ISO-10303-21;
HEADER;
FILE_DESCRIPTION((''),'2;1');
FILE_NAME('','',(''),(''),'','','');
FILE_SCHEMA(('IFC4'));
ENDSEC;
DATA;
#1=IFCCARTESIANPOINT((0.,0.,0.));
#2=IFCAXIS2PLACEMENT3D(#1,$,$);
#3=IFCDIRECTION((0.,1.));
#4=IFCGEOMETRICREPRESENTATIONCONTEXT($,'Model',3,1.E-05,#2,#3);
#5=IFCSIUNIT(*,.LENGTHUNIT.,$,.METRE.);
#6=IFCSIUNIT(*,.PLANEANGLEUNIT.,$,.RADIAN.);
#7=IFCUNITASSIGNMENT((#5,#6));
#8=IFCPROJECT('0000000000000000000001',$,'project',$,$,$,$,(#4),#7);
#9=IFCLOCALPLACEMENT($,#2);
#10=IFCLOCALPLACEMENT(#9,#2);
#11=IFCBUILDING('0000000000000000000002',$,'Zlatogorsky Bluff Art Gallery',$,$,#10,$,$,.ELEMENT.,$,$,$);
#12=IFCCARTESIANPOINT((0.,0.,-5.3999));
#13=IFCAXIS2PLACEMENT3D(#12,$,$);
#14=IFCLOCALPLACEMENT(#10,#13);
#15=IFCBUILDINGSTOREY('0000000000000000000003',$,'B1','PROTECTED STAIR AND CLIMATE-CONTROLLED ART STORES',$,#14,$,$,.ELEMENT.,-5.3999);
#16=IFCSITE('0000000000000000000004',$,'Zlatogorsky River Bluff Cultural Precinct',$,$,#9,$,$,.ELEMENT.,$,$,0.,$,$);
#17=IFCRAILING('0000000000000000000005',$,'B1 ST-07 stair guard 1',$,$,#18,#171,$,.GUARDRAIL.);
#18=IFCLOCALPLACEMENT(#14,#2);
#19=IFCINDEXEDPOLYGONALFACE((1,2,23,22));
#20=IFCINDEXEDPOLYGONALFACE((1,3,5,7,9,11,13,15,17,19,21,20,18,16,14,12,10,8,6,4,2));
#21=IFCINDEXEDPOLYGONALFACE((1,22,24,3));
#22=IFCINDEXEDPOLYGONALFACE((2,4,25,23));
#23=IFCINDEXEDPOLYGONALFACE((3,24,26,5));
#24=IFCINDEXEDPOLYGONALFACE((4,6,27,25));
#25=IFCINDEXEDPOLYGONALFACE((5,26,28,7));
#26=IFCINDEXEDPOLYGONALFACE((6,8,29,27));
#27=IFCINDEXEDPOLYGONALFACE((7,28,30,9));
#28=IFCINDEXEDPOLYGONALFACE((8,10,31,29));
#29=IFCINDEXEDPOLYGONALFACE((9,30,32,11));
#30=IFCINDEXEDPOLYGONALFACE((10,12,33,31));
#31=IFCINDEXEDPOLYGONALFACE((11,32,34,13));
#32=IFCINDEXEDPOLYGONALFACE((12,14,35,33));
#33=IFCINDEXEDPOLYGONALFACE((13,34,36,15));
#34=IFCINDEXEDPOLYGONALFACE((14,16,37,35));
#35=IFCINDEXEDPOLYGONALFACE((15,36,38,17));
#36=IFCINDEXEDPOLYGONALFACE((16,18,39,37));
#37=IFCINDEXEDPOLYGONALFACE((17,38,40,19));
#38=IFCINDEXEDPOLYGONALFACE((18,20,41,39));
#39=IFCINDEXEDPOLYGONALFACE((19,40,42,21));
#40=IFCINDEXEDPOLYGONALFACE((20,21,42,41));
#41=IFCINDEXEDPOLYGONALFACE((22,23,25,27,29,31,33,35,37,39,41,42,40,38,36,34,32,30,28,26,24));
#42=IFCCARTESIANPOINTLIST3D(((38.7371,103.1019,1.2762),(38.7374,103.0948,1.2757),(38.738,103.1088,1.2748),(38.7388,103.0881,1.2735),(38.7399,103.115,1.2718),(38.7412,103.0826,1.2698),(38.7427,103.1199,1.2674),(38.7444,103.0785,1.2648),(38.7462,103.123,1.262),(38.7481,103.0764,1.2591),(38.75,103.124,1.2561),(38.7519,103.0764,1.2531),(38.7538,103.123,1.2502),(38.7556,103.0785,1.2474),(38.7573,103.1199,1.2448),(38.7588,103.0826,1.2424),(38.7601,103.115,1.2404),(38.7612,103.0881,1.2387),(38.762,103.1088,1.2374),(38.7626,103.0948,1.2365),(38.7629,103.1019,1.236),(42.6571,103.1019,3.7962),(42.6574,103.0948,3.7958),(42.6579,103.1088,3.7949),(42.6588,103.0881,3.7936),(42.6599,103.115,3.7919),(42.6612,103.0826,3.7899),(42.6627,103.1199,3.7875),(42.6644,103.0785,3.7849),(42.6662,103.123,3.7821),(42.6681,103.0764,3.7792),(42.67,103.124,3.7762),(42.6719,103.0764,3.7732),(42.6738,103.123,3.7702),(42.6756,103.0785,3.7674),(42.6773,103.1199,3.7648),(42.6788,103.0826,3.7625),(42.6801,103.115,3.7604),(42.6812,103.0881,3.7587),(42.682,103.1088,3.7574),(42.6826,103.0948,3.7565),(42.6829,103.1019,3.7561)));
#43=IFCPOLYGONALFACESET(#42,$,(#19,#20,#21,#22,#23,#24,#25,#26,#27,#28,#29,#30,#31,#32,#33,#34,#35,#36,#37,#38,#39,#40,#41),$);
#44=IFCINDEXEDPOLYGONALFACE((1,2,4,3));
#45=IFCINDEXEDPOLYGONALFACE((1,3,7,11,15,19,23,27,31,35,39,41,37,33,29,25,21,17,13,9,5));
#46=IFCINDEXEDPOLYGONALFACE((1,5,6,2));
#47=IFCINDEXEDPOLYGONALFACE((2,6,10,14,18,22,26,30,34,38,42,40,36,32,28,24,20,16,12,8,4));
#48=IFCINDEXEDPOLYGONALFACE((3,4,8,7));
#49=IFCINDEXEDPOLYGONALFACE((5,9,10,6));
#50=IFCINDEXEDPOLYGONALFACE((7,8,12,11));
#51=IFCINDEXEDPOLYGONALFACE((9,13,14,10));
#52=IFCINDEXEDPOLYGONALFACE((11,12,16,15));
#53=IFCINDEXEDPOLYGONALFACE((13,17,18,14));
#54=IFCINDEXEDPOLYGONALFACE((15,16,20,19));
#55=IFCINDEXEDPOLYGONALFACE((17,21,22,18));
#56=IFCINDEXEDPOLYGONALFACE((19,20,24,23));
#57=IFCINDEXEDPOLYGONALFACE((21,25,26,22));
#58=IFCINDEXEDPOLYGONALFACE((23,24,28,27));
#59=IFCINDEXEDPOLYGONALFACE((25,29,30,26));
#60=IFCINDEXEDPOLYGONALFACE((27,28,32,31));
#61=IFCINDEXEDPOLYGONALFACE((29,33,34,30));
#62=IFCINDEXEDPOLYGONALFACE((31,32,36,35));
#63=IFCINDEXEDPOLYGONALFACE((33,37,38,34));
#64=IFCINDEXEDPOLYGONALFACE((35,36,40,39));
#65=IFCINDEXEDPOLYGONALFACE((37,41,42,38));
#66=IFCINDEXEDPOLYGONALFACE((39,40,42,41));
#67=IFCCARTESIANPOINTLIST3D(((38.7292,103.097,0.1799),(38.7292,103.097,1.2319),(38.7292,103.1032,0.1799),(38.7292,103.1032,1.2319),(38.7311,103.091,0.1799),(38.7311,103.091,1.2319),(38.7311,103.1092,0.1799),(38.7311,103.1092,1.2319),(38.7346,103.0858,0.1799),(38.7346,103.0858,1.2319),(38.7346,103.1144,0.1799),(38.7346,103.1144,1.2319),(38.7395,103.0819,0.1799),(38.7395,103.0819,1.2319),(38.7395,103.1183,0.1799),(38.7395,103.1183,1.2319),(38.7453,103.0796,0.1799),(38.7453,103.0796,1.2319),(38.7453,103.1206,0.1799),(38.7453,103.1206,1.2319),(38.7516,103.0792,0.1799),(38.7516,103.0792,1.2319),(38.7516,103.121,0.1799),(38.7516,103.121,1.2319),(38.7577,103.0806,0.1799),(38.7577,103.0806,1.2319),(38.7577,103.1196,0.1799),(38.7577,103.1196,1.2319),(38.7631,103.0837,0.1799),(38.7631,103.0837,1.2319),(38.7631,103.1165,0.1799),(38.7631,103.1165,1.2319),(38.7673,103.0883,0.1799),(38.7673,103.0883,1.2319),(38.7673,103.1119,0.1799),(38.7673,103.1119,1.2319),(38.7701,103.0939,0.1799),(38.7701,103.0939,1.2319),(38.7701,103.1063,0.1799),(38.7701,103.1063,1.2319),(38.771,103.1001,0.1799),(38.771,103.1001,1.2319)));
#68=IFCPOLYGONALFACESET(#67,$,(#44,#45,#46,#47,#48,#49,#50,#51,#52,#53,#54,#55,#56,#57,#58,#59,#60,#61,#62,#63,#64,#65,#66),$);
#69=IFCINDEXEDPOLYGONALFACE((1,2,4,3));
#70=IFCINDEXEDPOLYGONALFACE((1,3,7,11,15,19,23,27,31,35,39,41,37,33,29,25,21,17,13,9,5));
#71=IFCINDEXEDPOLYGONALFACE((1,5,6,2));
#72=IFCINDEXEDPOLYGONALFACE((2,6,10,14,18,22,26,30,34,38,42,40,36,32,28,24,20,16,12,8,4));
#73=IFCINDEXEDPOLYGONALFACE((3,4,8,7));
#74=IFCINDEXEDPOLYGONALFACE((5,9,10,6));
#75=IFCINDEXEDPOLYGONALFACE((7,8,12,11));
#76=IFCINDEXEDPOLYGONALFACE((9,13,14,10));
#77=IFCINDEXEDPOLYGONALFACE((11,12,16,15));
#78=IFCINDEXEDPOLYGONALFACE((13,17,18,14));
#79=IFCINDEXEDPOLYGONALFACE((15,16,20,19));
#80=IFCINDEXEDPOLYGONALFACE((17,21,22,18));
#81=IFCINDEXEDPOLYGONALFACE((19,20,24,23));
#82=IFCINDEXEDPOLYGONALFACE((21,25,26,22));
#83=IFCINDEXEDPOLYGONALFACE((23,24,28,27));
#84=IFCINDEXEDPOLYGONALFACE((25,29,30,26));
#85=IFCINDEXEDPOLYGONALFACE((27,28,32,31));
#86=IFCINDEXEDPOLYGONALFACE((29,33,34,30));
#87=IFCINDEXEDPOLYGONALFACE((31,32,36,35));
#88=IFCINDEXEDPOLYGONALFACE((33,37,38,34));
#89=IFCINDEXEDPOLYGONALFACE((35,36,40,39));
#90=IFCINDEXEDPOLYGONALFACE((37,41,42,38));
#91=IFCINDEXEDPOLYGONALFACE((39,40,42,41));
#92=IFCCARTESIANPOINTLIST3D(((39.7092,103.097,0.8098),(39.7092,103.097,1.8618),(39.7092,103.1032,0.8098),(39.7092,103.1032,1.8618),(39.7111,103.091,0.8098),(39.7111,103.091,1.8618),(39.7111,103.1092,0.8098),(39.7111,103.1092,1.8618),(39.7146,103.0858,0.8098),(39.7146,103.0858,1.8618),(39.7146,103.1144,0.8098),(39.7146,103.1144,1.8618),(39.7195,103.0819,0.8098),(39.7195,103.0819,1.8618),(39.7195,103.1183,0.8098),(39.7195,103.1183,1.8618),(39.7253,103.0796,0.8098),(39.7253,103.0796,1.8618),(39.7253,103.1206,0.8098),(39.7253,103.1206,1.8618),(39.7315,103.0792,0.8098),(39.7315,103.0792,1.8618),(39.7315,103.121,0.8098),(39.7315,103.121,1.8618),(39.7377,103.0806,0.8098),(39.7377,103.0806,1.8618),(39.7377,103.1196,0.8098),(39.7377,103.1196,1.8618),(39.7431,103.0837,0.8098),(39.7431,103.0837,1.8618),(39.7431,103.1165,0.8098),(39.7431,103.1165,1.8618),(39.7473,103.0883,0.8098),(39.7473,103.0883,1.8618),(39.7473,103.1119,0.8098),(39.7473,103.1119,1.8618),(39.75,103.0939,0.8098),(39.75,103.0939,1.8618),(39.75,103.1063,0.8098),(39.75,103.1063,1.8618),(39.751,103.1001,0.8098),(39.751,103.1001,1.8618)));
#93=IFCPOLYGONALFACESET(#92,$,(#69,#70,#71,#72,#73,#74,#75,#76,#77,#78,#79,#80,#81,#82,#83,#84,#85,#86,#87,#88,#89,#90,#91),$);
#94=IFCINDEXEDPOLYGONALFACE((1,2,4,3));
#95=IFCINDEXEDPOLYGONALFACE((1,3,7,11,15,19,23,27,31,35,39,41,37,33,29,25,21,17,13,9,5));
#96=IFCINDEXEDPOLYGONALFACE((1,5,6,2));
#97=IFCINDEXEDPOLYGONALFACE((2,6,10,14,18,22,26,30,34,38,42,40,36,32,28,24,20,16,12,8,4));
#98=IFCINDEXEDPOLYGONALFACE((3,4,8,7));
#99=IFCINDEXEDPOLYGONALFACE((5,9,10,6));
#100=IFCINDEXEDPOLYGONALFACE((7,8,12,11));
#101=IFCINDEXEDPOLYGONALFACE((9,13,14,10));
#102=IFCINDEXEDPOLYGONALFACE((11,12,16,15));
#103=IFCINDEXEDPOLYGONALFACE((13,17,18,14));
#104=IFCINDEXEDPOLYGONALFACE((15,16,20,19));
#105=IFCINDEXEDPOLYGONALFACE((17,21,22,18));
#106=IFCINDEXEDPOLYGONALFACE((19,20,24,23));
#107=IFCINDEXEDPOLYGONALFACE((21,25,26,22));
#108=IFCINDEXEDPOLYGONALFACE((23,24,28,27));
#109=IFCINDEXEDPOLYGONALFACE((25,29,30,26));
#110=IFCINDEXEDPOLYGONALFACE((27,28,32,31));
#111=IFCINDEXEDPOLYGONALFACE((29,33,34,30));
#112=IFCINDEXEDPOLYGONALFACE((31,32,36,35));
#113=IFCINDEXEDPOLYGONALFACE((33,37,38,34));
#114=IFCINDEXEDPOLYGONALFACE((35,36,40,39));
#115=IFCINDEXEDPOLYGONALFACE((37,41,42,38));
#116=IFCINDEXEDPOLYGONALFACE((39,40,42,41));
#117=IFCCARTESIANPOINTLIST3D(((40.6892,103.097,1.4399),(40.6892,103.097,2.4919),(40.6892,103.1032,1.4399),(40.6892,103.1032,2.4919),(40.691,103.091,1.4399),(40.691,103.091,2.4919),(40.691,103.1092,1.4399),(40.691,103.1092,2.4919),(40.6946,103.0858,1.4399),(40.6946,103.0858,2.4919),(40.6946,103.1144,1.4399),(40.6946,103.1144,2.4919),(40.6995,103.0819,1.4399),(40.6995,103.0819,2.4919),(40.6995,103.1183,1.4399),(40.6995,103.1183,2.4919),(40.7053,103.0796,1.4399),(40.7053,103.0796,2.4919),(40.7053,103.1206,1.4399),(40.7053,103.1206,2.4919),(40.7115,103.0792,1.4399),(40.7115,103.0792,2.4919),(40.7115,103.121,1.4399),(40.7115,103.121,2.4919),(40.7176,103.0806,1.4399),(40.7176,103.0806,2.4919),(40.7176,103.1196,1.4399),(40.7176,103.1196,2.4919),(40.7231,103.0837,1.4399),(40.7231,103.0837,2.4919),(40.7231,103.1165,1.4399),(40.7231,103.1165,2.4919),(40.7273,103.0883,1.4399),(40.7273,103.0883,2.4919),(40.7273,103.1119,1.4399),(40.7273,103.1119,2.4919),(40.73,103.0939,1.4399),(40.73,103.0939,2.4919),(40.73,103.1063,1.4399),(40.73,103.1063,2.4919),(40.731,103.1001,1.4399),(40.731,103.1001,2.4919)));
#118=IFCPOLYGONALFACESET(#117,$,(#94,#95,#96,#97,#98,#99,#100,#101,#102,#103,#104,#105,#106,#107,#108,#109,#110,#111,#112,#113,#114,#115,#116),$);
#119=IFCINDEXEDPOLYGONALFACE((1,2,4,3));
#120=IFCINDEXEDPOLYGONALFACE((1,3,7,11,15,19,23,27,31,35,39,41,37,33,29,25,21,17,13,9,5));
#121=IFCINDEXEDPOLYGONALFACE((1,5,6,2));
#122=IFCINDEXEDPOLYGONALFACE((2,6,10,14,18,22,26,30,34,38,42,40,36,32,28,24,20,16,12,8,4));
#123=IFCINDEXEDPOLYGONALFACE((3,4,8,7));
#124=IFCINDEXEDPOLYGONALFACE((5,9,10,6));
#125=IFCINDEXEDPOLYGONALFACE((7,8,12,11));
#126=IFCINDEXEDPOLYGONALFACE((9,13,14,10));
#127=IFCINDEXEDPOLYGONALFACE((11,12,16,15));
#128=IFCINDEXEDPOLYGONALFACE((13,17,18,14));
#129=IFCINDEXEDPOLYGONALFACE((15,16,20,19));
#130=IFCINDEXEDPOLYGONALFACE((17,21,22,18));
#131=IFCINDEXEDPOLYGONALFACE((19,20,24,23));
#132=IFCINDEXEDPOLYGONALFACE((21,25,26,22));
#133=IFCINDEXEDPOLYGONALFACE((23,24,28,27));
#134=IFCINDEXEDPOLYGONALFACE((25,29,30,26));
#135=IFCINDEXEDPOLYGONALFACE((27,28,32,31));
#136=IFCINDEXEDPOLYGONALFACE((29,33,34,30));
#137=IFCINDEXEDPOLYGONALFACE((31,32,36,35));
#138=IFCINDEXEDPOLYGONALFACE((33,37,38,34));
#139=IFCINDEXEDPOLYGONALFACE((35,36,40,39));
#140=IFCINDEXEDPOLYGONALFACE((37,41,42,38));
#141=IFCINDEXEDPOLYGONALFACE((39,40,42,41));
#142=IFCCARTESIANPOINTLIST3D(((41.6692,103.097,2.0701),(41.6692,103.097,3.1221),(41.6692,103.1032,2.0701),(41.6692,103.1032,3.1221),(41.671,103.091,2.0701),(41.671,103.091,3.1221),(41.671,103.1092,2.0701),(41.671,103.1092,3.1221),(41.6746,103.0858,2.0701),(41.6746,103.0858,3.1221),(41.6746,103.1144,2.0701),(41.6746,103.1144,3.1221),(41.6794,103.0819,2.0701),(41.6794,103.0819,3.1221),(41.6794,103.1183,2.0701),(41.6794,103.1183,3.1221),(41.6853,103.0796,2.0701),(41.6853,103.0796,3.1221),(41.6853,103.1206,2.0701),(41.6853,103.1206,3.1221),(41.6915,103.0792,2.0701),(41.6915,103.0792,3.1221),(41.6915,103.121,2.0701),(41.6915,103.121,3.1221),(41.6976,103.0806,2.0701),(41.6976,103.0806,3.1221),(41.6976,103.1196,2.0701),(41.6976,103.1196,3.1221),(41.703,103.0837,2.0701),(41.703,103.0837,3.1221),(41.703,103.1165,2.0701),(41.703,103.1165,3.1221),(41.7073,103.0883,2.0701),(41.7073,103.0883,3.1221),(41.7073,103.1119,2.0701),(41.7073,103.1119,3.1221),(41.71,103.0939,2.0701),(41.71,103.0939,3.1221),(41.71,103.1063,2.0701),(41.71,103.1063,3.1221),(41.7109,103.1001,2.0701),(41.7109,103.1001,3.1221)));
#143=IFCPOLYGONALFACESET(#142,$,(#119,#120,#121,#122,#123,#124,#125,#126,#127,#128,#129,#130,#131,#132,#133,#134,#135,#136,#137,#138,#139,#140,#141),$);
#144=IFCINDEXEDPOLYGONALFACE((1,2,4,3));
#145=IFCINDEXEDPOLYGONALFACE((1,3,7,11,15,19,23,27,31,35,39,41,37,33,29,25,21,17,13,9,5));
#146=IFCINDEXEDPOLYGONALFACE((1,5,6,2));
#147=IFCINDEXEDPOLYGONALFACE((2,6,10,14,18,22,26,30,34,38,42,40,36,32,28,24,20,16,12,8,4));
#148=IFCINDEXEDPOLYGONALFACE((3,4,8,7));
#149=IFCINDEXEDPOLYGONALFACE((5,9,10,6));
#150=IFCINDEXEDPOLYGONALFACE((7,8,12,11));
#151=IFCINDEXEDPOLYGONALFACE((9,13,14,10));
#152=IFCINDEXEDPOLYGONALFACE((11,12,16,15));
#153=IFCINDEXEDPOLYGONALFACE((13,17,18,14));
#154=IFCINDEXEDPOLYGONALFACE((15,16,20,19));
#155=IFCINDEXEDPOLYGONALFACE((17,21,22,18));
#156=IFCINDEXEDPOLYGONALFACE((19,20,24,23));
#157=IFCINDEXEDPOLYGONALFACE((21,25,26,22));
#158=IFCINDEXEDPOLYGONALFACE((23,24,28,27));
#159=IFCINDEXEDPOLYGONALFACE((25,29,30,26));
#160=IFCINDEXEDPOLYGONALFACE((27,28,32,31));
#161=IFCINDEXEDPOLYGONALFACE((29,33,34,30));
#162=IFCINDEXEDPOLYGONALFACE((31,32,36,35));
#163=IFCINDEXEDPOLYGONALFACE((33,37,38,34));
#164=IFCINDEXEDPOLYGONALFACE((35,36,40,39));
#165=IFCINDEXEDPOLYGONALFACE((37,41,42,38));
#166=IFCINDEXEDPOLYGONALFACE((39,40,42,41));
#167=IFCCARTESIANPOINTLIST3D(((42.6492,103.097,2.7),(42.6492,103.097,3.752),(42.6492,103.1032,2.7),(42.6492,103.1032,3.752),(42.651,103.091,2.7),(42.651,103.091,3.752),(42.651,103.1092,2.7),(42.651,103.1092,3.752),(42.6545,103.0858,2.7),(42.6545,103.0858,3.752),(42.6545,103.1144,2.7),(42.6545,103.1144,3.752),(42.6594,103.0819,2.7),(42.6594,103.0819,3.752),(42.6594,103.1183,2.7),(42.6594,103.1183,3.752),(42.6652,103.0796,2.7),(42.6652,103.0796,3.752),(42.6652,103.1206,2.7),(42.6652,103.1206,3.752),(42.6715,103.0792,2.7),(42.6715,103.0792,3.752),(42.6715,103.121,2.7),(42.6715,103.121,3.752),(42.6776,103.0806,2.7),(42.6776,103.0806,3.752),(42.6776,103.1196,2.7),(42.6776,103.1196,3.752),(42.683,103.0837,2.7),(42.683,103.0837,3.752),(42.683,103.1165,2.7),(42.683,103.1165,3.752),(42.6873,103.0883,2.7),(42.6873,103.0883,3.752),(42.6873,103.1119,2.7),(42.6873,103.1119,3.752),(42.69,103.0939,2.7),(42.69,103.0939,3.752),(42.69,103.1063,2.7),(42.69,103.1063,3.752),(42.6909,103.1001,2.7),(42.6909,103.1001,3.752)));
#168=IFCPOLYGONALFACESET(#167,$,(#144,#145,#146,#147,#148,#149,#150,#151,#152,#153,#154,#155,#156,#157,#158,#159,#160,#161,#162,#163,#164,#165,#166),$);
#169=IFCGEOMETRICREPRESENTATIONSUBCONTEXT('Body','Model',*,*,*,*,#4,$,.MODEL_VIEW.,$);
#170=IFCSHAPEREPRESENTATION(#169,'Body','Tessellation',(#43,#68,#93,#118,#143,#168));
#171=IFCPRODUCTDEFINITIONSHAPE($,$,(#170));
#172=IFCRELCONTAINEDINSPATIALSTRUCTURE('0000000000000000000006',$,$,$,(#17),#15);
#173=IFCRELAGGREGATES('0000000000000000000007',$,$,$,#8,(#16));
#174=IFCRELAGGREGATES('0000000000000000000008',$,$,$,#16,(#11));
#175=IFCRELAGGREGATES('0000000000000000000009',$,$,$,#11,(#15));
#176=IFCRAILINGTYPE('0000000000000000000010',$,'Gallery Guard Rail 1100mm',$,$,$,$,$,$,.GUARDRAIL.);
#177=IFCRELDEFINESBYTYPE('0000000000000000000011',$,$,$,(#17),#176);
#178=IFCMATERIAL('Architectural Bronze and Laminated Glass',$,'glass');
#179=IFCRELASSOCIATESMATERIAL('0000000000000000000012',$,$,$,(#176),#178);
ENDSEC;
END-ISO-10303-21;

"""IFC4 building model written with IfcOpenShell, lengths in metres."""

from ifc_helpers import new_model, si_unit, direction, frame, origin, origin_2d, place, context, subcontext, project, spatial, circle, extrude, material, type_object, element, save


model = new_model("IFC4")

# Units and contexts
model_context = context("Model", 3, precision=1e-05, world=origin(), true_north=direction((0.0, 1.0)))
body_context = subcontext(model_context, "Body", "Model", "MODEL_VIEW")
ifc_project = project(units=[si_unit("LENGTHUNIT", "METRE"), si_unit("PLANEANGLEUNIT", "RADIAN")], contexts=[model_context])

# Site, building, storey
site_placement = place(None, origin())
site = spatial("IfcSite", under=ifc_project, at=site_placement, Name="Zlatogorsky River Bluff Cultural Precinct", CompositionType="ELEMENT", RefElevation=0.0)
building_placement = place(site_placement, origin())
building = spatial("IfcBuilding", under=site, at=building_placement, Name="Zlatogorsky Bluff Art Gallery", CompositionType="ELEMENT")
storey_placement = place(building_placement, frame((0.0, 0.0, -5.3999)))
storey = spatial("IfcBuildingStorey", under=building, at=storey_placement, Name="B1", Description="PROTECTED STAIR AND CLIMATE-CONTROLLED ART STORES", CompositionType="ELEMENT", Elevation=-5.3999)

# Railing
ifc_material_1 = material(Name="Architectural Bronze and Laminated Glass", Category="glass")
railing_type_1 = type_object("IfcRailingType", Name="Gallery Guard Rail 1100mm", PredefinedType="GUARDRAIL", material=ifc_material_1)
railing_1_placement = place(storey_placement, frame((38.75, 103.1001, 0.1799)))
element("IfcRailing", 1, at=railing_1_placement, inside=storey, type_object=railing_type_1, Name="B1 ST-07 stair guard 1", PredefinedType="GUARDRAIL", context=body_context, shape_type="SweptSolid", body=[
    extrude(circle(Radius=0.0239, at=origin_2d()), frame((0.0, 0.0, 1.0762), z_axis=(0.841172, 0.0, 0.540768), x_axis=(0.0, 1.0, 0.0)), (0.0, 0.0, 1.0), 4.6602),
    extrude(circle(Radius=0.021, at=origin_2d()), origin(), (0.0, 0.0, 1.0), 1.052),
    extrude(circle(Radius=0.021, at=origin_2d()), frame((0.98, 0.0, 0.6299)), (0.0, 0.0, 1.0), 1.052),
    extrude(circle(Radius=0.021, at=origin_2d()), frame((1.96, 0.0, 1.26)), (0.0, 0.0, 1.0), 1.052),
    extrude(circle(Radius=0.021, at=origin_2d()), frame((2.9399, 0.0, 1.8901)), (0.0, 0.0, 1.0), 1.052),
    extrude(circle(Radius=0.021, at=origin_2d()), frame((3.9199, 0.0, 2.52)), (0.0, 0.0, 1.0), 1.052),
])

save(model, "model.ifc")
